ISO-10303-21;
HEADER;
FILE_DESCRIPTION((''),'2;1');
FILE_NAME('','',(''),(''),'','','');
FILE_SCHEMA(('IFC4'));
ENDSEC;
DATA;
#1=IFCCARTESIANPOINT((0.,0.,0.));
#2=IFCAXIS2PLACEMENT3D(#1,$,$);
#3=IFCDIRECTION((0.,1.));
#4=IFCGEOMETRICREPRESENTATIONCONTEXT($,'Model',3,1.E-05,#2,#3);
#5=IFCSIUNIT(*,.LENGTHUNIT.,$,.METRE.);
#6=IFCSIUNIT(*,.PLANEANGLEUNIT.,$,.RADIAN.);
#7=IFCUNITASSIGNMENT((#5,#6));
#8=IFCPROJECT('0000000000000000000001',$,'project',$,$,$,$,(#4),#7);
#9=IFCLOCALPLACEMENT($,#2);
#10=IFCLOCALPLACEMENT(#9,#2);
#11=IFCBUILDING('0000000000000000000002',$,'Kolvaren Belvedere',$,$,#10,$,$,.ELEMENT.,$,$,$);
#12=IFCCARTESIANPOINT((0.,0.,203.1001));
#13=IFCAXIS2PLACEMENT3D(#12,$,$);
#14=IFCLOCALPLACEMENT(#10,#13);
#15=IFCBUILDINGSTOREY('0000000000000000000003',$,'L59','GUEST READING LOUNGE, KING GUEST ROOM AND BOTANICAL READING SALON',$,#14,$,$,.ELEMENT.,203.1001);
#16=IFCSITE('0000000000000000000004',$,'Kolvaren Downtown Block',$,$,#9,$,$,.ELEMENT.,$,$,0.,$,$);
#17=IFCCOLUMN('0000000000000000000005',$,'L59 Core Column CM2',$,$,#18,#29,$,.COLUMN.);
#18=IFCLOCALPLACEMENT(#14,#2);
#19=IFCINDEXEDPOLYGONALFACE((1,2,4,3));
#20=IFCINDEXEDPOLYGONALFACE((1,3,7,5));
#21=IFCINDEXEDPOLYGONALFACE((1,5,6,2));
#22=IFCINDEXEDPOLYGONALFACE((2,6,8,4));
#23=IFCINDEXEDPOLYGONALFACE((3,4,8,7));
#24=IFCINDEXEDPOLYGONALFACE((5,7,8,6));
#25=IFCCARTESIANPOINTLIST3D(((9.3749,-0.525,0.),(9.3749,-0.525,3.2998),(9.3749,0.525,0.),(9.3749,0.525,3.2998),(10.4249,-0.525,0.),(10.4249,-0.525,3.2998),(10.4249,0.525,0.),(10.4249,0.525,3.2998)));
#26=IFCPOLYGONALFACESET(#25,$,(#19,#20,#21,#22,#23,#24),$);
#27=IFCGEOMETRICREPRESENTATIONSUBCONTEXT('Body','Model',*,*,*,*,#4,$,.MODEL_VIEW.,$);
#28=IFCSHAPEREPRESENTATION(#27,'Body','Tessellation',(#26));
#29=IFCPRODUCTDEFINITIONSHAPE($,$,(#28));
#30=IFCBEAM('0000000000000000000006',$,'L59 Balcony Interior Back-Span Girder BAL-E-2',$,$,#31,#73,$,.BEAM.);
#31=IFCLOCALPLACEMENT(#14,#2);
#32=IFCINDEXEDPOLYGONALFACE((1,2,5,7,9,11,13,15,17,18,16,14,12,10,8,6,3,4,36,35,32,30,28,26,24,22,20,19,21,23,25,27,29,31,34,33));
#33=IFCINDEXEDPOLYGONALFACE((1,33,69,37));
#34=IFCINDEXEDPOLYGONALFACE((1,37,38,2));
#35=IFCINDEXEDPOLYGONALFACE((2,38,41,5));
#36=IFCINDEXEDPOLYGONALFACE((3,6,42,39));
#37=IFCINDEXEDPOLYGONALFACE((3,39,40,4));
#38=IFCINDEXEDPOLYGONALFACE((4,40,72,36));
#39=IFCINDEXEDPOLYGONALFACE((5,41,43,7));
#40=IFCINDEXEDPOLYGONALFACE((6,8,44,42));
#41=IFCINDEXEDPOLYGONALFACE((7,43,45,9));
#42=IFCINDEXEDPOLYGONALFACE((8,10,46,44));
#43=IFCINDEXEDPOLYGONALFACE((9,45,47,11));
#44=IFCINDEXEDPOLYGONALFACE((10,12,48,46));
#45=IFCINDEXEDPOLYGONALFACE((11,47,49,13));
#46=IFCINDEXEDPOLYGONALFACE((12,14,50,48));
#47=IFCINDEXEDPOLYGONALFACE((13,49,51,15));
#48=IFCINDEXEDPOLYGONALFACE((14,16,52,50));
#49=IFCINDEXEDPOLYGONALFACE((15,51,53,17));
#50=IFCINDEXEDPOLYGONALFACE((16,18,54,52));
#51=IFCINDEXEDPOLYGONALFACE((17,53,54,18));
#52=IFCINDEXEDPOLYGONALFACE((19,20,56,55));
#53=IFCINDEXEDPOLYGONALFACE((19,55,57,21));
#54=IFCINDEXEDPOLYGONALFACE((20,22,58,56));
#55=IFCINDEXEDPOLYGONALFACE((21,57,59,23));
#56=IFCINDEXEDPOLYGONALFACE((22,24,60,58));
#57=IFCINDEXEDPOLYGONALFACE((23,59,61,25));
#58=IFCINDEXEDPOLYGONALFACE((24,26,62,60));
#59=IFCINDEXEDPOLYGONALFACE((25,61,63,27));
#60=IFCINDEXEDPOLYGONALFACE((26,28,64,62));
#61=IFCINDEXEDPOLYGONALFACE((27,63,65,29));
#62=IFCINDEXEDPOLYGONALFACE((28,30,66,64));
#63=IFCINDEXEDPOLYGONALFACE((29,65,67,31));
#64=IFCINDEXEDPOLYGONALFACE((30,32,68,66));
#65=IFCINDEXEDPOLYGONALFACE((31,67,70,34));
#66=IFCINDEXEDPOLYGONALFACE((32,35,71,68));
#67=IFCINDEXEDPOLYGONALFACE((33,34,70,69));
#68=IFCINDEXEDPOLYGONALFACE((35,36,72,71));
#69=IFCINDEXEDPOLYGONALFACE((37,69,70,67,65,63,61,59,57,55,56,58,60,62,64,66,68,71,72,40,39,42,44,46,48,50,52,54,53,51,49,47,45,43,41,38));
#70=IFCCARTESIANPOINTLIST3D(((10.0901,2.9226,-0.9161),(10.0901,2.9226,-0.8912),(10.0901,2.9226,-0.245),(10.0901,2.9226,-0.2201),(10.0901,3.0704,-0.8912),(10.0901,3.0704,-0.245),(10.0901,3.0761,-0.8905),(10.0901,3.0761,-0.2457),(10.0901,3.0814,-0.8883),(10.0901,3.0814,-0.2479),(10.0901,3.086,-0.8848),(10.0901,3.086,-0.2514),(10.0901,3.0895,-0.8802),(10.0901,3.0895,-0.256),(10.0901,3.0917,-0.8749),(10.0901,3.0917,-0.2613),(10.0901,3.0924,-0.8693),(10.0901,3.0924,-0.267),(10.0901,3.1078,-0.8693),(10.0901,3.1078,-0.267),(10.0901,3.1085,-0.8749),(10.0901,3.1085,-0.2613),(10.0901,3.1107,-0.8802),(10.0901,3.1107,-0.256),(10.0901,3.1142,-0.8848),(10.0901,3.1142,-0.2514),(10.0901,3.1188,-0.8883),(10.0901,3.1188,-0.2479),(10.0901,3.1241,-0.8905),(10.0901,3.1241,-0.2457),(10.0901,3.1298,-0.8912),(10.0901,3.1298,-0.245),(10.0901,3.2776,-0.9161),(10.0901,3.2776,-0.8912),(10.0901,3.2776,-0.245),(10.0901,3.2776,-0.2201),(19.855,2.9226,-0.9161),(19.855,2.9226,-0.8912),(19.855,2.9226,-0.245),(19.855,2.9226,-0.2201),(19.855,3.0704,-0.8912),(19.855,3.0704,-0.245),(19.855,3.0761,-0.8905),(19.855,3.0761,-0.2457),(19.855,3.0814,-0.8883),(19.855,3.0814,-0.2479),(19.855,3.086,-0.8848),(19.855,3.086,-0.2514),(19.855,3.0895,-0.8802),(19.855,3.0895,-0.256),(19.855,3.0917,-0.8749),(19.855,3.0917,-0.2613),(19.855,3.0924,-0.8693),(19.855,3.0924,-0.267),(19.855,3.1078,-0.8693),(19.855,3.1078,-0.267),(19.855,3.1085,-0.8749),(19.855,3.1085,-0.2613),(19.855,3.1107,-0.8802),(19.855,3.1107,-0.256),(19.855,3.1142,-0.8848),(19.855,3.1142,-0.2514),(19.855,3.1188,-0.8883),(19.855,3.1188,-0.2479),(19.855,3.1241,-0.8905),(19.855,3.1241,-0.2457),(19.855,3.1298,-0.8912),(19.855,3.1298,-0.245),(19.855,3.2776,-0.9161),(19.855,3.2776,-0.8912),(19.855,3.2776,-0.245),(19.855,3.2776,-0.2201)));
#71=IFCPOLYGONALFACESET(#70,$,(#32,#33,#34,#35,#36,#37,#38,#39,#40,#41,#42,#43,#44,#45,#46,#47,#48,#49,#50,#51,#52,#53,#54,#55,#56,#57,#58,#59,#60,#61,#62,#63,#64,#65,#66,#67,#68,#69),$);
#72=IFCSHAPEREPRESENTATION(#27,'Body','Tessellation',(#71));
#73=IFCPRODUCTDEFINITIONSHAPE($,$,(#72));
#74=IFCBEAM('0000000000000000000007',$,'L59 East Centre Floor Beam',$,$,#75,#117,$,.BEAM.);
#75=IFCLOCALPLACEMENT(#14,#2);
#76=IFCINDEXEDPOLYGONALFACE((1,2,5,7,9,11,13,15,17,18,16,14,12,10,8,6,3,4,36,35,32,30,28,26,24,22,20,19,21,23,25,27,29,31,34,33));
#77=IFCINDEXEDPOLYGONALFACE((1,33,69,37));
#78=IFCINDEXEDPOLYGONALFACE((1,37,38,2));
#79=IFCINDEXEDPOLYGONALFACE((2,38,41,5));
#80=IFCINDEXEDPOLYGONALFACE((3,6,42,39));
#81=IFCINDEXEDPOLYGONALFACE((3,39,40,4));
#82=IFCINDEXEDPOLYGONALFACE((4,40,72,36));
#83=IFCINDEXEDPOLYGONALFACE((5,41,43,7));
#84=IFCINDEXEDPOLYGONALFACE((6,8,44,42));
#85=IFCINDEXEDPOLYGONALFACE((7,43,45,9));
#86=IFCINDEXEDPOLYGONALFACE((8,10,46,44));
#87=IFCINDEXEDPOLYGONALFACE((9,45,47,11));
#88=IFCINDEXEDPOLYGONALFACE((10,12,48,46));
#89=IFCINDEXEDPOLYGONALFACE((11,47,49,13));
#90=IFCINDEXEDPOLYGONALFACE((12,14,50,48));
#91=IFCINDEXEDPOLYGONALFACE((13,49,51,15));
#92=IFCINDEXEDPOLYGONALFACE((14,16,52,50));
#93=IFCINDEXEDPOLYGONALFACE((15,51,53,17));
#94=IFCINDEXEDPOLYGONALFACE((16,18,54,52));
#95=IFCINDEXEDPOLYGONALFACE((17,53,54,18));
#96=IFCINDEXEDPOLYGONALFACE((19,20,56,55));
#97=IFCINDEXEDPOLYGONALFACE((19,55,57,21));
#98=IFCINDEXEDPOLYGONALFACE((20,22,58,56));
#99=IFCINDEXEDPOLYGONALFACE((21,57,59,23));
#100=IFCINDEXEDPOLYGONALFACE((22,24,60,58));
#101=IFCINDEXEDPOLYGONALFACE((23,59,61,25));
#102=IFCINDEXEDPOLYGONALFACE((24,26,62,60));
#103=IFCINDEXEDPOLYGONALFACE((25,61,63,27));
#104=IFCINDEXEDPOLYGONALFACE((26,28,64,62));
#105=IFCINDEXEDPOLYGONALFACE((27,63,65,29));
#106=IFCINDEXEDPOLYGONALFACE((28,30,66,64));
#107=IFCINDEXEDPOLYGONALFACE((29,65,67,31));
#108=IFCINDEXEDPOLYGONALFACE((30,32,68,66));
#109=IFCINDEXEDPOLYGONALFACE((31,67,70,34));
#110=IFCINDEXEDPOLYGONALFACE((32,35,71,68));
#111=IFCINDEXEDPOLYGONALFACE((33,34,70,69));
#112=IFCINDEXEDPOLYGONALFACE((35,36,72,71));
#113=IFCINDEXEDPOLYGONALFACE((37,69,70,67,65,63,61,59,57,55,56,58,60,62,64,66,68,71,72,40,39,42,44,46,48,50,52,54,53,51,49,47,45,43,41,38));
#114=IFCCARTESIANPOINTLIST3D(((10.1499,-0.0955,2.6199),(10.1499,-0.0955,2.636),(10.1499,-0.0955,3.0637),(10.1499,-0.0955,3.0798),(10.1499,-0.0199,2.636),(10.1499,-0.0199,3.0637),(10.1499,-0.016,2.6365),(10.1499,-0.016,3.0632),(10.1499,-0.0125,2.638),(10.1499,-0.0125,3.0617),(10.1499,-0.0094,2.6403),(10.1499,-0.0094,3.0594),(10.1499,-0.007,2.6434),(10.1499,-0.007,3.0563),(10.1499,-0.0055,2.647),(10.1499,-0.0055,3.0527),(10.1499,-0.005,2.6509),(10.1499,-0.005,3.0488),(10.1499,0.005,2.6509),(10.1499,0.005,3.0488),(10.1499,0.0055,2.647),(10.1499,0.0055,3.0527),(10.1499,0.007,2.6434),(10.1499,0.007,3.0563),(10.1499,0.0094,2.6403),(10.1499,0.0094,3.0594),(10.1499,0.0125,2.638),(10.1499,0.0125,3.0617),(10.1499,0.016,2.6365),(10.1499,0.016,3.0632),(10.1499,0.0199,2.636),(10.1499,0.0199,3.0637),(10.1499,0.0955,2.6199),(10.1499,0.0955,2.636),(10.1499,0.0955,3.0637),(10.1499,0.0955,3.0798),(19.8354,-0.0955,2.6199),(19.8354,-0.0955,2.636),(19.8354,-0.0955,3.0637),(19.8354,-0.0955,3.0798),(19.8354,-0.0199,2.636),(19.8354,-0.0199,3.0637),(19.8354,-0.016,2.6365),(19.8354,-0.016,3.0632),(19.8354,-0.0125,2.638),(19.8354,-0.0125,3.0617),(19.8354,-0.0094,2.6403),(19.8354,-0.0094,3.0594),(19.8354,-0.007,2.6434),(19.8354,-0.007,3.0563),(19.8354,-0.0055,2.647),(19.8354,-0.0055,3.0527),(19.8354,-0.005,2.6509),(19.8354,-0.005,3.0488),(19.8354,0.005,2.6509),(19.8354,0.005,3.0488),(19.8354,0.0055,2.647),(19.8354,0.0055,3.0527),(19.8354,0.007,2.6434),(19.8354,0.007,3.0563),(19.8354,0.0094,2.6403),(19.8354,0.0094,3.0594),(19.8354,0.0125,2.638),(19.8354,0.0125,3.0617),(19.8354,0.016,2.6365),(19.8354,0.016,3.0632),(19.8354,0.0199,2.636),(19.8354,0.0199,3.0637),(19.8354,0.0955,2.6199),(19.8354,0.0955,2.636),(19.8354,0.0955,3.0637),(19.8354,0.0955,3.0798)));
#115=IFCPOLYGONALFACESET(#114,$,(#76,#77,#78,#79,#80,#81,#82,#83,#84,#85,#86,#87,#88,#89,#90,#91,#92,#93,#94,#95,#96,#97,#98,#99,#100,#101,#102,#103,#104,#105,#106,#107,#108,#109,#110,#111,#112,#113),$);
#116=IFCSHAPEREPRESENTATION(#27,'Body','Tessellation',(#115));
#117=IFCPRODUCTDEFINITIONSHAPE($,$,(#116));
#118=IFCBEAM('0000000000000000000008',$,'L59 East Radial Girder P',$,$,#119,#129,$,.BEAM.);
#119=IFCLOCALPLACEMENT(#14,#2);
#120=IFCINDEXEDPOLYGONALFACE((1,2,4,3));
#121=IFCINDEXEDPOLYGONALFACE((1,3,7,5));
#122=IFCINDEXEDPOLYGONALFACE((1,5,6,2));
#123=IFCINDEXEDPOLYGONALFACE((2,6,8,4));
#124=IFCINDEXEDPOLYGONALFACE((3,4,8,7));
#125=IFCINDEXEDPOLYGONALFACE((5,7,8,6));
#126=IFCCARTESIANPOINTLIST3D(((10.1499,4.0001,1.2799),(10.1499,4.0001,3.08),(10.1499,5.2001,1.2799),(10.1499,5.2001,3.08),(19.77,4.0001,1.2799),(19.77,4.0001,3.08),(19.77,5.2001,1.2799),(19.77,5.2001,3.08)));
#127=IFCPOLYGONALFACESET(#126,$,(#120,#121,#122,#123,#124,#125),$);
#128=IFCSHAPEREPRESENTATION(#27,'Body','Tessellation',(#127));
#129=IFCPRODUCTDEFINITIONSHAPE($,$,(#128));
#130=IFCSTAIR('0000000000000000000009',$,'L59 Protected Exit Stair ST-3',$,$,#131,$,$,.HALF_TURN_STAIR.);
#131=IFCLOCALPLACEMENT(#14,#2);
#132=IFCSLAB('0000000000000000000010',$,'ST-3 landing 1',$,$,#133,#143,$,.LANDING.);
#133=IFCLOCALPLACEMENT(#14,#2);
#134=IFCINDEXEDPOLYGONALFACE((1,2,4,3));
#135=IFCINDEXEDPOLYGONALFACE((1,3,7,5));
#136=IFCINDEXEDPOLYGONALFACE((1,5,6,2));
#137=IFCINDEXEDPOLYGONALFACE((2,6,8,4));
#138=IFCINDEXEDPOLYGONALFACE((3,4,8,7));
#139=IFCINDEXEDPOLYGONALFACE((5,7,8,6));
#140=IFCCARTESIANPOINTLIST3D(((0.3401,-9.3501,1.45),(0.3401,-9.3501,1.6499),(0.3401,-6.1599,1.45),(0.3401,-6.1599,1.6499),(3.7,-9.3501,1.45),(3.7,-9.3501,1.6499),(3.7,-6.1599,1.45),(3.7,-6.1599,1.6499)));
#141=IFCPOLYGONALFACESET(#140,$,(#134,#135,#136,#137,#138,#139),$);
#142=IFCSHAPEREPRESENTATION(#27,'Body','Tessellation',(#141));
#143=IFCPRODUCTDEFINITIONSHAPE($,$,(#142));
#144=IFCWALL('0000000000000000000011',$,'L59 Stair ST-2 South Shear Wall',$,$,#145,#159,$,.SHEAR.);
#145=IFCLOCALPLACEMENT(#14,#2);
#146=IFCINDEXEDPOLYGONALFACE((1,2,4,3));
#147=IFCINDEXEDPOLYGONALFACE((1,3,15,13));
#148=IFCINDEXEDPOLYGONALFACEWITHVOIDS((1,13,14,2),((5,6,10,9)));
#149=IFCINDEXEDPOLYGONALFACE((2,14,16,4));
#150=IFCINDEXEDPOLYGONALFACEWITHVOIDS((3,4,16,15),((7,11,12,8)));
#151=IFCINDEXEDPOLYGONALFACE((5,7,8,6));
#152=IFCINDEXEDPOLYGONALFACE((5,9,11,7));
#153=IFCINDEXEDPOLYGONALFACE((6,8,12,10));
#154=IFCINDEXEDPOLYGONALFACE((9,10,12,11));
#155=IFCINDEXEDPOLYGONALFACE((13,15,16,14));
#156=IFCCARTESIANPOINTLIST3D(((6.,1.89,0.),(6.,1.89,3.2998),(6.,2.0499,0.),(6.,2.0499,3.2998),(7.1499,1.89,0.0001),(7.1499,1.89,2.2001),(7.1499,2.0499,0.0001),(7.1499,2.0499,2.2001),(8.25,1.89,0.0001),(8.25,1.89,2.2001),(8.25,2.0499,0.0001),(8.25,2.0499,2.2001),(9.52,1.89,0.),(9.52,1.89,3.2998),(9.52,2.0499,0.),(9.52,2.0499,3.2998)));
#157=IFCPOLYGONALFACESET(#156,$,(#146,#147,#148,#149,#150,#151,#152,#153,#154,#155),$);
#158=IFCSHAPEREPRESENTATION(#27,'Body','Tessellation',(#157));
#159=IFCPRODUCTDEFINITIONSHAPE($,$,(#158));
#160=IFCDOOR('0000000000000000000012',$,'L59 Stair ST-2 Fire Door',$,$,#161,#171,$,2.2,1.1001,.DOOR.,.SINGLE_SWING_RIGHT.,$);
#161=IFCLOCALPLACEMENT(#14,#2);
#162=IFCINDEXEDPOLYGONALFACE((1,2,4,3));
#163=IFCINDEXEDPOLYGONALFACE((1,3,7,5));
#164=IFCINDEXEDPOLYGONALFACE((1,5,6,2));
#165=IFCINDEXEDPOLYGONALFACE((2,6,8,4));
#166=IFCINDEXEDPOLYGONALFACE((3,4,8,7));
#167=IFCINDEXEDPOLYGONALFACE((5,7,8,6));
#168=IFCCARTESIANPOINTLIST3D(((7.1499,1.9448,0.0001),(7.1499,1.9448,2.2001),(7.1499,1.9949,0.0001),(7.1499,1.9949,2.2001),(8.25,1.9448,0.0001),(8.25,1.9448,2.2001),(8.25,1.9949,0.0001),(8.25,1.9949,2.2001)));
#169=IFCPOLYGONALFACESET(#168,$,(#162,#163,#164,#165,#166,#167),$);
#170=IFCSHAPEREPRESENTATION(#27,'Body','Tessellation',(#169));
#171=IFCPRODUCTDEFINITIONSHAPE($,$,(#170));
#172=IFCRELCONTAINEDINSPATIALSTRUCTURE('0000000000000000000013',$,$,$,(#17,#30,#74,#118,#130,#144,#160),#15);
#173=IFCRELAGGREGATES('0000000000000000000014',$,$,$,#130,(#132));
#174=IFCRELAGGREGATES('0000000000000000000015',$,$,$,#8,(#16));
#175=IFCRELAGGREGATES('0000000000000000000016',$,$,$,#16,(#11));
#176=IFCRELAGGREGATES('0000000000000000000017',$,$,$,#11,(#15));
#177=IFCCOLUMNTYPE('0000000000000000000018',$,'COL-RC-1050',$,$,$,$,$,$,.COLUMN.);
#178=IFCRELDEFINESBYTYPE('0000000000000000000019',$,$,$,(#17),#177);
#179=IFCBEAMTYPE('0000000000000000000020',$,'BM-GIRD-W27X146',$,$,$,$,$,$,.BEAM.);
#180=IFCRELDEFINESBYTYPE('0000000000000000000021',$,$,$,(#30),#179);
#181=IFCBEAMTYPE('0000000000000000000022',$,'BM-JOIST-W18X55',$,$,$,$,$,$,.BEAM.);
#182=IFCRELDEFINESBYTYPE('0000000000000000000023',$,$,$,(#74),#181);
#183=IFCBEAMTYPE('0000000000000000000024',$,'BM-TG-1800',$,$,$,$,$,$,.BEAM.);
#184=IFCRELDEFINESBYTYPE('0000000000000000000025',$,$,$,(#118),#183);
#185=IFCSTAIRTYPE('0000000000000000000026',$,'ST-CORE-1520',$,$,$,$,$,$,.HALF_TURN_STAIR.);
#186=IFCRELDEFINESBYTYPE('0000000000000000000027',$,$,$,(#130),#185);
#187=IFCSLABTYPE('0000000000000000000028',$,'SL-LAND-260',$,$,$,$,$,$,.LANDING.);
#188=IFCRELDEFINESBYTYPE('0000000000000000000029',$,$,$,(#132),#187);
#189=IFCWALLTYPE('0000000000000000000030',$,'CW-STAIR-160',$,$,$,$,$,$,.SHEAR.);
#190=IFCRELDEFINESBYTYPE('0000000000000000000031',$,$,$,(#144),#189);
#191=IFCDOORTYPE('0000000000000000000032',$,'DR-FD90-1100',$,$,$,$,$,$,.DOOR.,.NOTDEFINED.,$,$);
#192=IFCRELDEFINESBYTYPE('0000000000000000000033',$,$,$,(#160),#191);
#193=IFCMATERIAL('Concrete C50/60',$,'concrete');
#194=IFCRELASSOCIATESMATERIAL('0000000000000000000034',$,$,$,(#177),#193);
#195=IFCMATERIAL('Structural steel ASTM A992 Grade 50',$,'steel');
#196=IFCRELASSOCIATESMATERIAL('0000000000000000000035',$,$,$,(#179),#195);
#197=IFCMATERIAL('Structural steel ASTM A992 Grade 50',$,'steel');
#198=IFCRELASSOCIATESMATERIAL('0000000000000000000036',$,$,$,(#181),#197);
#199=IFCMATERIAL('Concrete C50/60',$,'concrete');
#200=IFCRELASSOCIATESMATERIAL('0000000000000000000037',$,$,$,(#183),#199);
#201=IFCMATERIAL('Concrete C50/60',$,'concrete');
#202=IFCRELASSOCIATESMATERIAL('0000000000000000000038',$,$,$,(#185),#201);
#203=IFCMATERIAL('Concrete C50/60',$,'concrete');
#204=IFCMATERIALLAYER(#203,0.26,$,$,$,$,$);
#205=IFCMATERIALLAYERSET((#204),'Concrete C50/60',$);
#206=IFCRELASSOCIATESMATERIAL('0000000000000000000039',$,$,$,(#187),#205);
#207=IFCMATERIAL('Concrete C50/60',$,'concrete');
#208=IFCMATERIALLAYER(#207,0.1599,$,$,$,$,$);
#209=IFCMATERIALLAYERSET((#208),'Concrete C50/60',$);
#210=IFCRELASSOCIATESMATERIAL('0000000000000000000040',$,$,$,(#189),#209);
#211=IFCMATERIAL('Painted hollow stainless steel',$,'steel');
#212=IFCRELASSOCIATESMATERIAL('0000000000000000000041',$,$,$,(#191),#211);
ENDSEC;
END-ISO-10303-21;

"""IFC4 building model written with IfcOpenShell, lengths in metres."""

from ifc_helpers import new_model, si_unit, direction, frame, frame_2d, origin, origin_2d, place, context, subcontext, project, spatial, polyline, rectangle, i_section, outline, extrude, material, layer, layer_set, material_profile, profile_set, type_object, element, fill, aggregate, save


model = new_model("IFC4")

# Units and contexts
model_context = context("Model", 3, precision=1e-05, world=origin(), true_north=direction((0.0, 1.0)))
body_context = subcontext(model_context, "Body", "Model", "MODEL_VIEW")
ifc_project = project(units=[si_unit("LENGTHUNIT", "METRE"), si_unit("PLANEANGLEUNIT", "RADIAN")], contexts=[model_context])

# Site, building, storey
site_placement = place(None, origin())
site = spatial("IfcSite", under=ifc_project, at=site_placement, Name="Kolvaren Downtown Block", CompositionType="ELEMENT", RefElevation=0.0)
building_placement = place(site_placement, origin())
building = spatial("IfcBuilding", under=site, at=building_placement, Name="Kolvaren Belvedere", CompositionType="ELEMENT")
storey_placement = place(building_placement, frame((0.0, 0.0, 203.1001)))
storey = spatial("IfcBuildingStorey", under=building, at=storey_placement, Name="L59", Description="GUEST READING LOUNGE, KING GUEST ROOM AND BOTANICAL READING SALON", CompositionType="ELEMENT", Elevation=203.1001)

# Column
ifc_material_1 = material(Name="Concrete C50/60", Category="concrete")
ifc_material_profile_1 = material_profile(ifc_material_1, rectangle(XDim=1.05, YDim=1.05, at=origin_2d()), Name="RC 1050X1050")
ifc_profile_set_1 = profile_set([ifc_material_profile_1], Name="Concrete C50/60")
column_type = type_object("IfcColumnType", Name="COL-RC-1050", PredefinedType="COLUMN", material=ifc_profile_set_1)
column_placement = place(storey_placement, frame((9.8999, 0.0, 0.0), z_axis=(0.0, 0.0, 1.0), x_axis=(1.0, 0.0, 0.0)))
element("IfcColumn", 1, at=column_placement, inside=storey, type_object=column_type, Name="L59 Core Column CM2", PredefinedType="COLUMN", context=body_context, shape_type="SweptSolid", body=[
    extrude(rectangle(XDim=1.05, YDim=1.05, at=origin_2d()), origin(), (0.0, 0.0, 1.0), 3.2998),
])

# Beams
ifc_material_2 = material(Name="Structural steel ASTM A992 Grade 50", Category="steel")
ifc_material_profile_2 = material_profile(ifc_material_2, i_section(OverallWidth=0.355, OverallDepth=0.696, WebThickness=0.0154, FlangeThickness=0.0249, FilletRadius=0.022, at=origin_2d()), Name="W27X146")
ifc_profile_set_2 = profile_set([ifc_material_profile_2], Name="Structural steel ASTM A992 Grade 50")
beam_type_1 = type_object("IfcBeamType", Name="BM-GIRD-W27X146", PredefinedType="BEAM", material=ifc_profile_set_2)
beam_1_placement = place(storey_placement, frame((10.0901, 3.1001, -0.5681), z_axis=(1.0, 0.0, 0.0), x_axis=(0.0, 1.0, 0.0)))
element("IfcBeam", 2, at=beam_1_placement, inside=storey, type_object=beam_type_1, Name="L59 Balcony Interior Back-Span Girder BAL-E-2", PredefinedType="BEAM", context=body_context, shape_type="SweptSolid", body=[
    extrude(i_section(OverallWidth=0.355, OverallDepth=0.696, WebThickness=0.0154, FlangeThickness=0.0249, FilletRadius=0.022, at=origin_2d()), origin(), (0.0, 0.0, 1.0), 9.7649),
])
ifc_material_3 = material(Name="Structural steel ASTM A992 Grade 50", Category="steel")
ifc_material_profile_3 = material_profile(ifc_material_3, i_section(OverallWidth=0.1909, OverallDepth=0.46, WebThickness=0.01, FlangeThickness=0.0161, FilletRadius=0.0149, at=origin_2d()), Name="W18X55")
ifc_profile_set_3 = profile_set([ifc_material_profile_3], Name="Structural steel ASTM A992 Grade 50")
beam_type_2 = type_object("IfcBeamType", Name="BM-JOIST-W18X55", PredefinedType="BEAM", material=ifc_profile_set_3)
beam_2_placement = place(storey_placement, frame((10.1499, 0.0, 2.8499), z_axis=(1.0, 0.0, 0.0), x_axis=(0.0, 1.0, 0.0)))
element("IfcBeam", 3, at=beam_2_placement, inside=storey, type_object=beam_type_2, Name="L59 East Centre Floor Beam", PredefinedType="BEAM", context=body_context, shape_type="SweptSolid", body=[
    extrude(i_section(OverallWidth=0.1909, OverallDepth=0.46, WebThickness=0.01, FlangeThickness=0.0161, FilletRadius=0.0149, at=origin_2d()), origin(), (0.0, 0.0, 1.0), 9.6855),
])
ifc_material_4 = material(Name="Concrete C50/60", Category="concrete")
ifc_material_profile_4 = material_profile(ifc_material_4, rectangle(XDim=1.2, YDim=1.8, at=origin_2d()), Name="RC 1200X1800")
ifc_profile_set_4 = profile_set([ifc_material_profile_4], Name="Concrete C50/60")
beam_type_3 = type_object("IfcBeamType", Name="BM-TG-1800", PredefinedType="BEAM", material=ifc_profile_set_4)
beam_3_placement = place(storey_placement, frame((10.1499, 4.6001, 2.1799), z_axis=(1.0, 0.0, 0.0), x_axis=(0.0, 1.0, 0.0)))
element("IfcBeam", 4, at=beam_3_placement, inside=storey, type_object=beam_type_3, Name="L59 East Radial Girder P", PredefinedType="BEAM", context=body_context, shape_type="SweptSolid", body=[
    extrude(rectangle(XDim=1.2, YDim=1.8, at=origin_2d()), origin(), (0.0, 0.0, 1.0), 9.6201),
])

# Stair, slab
ifc_material_5 = material(Name="Concrete C50/60", Category="concrete")
stair_type = type_object("IfcStairType", Name="ST-CORE-1520", PredefinedType="HALF_TURN_STAIR", material=ifc_material_5)
stair_1_placement = place(storey_placement, origin())
stair_1 = element("IfcStair", 5, at=stair_1_placement, inside=storey, type_object=stair_type, Name="L59 Protected Exit Stair ST-3", PredefinedType="HALF_TURN_STAIR")
ifc_material_6 = material(Name="Concrete C50/60", Category="concrete")
ifc_layer_1 = layer(ifc_material_6, 0.26)
ifc_layer_set_1 = layer_set([ifc_layer_1], Name="Concrete C50/60")
slab_type = type_object("IfcSlabType", Name="SL-LAND-260", PredefinedType="LANDING", material=ifc_layer_set_1)
slab_placement = place(storey_placement, frame((0.0, 0.0, 1.45)))
slab = element("IfcSlab", 6, at=slab_placement, type_object=slab_type, Name="ST-3 landing 1", PredefinedType="LANDING", context=body_context, shape_type="SweptSolid", body=[
    extrude(outline(polyline([(0.3401, -9.3501), (3.7, -9.3501), (3.7, -6.1599), (0.3401, -6.1599), (0.3401, -9.3501)])), origin(), (0.0, 0.0, 1.0), 0.2),
])
aggregate(stair_1, [slab])

# Wall, opening, door
ifc_material_7 = material(Name="Concrete C50/60", Category="concrete")
ifc_layer_2 = layer(ifc_material_7, 0.1599)
ifc_layer_set_2 = layer_set([ifc_layer_2], Name="Concrete C50/60")
wall_type_1 = type_object("IfcWallType", Name="CW-STAIR-160", PredefinedType="SHEAR", material=ifc_layer_set_2)
wall_1_placement = place(storey_placement, frame((6.0, 1.97, 0.0), z_axis=(0.0, 0.0, 1.0), x_axis=(1.0, 0.0, 0.0)))
wall_1 = element("IfcWall", 7, at=wall_1_placement, inside=storey, type_object=wall_type_1, Name="L59 Stair ST-2 South Shear Wall", PredefinedType="SHEAR", context=body_context, shape_type="SweptSolid", body=[
    extrude(rectangle(XDim=3.52, YDim=0.1599, at=frame_2d((1.76, 0.0))), origin(), (0.0, 0.0, 1.0), 3.2998),
])
opening_1_placement = place(wall_1_placement, frame((1.1499, 0.0, 0.0)))
opening_1 = element("IfcOpeningElement", 8, at=opening_1_placement, cuts=wall_1, PredefinedType="OPENING", context=body_context, shape_type="SweptSolid", body=[
    extrude(rectangle(XDim=1.1001, YDim=2.2, at=frame_2d((0.55, 1.1001))), frame((0.0, 0.0898, 0.0), z_axis=(0.0, -1.0, 0.0), x_axis=(1.0, 0.0, 0.0)), (0.0, 0.0, 1.0), 0.1799),
])
ifc_material_8 = material(Name="Painted hollow stainless steel", Category="steel")
door_type_1 = type_object("IfcDoorType", Name="DR-FD90-1100", OperationType="NOTDEFINED", PredefinedType="DOOR", material=ifc_material_8)
door_1_placement = place(opening_1_placement, origin())
door_1 = element("IfcDoor", 9, at=door_1_placement, inside=storey, type_object=door_type_1, Name="L59 Stair ST-2 Fire Door", OperationType="SINGLE_SWING_RIGHT", OverallHeight=2.2, OverallWidth=1.1001, PredefinedType="DOOR", context=body_context, shape_type="SweptSolid", body=[
    extrude(rectangle(XDim=1.1001, YDim=2.2, at=frame_2d((0.55, 1.1001))), frame((0.0, 0.0249, 0.0), z_axis=(0.0, -1.0, 0.0), x_axis=(1.0, 0.0, 0.0)), (0.0, 0.0, 1.0), 0.05),
])
fill(opening_1, door_1)

save(model, "model.ifc")
